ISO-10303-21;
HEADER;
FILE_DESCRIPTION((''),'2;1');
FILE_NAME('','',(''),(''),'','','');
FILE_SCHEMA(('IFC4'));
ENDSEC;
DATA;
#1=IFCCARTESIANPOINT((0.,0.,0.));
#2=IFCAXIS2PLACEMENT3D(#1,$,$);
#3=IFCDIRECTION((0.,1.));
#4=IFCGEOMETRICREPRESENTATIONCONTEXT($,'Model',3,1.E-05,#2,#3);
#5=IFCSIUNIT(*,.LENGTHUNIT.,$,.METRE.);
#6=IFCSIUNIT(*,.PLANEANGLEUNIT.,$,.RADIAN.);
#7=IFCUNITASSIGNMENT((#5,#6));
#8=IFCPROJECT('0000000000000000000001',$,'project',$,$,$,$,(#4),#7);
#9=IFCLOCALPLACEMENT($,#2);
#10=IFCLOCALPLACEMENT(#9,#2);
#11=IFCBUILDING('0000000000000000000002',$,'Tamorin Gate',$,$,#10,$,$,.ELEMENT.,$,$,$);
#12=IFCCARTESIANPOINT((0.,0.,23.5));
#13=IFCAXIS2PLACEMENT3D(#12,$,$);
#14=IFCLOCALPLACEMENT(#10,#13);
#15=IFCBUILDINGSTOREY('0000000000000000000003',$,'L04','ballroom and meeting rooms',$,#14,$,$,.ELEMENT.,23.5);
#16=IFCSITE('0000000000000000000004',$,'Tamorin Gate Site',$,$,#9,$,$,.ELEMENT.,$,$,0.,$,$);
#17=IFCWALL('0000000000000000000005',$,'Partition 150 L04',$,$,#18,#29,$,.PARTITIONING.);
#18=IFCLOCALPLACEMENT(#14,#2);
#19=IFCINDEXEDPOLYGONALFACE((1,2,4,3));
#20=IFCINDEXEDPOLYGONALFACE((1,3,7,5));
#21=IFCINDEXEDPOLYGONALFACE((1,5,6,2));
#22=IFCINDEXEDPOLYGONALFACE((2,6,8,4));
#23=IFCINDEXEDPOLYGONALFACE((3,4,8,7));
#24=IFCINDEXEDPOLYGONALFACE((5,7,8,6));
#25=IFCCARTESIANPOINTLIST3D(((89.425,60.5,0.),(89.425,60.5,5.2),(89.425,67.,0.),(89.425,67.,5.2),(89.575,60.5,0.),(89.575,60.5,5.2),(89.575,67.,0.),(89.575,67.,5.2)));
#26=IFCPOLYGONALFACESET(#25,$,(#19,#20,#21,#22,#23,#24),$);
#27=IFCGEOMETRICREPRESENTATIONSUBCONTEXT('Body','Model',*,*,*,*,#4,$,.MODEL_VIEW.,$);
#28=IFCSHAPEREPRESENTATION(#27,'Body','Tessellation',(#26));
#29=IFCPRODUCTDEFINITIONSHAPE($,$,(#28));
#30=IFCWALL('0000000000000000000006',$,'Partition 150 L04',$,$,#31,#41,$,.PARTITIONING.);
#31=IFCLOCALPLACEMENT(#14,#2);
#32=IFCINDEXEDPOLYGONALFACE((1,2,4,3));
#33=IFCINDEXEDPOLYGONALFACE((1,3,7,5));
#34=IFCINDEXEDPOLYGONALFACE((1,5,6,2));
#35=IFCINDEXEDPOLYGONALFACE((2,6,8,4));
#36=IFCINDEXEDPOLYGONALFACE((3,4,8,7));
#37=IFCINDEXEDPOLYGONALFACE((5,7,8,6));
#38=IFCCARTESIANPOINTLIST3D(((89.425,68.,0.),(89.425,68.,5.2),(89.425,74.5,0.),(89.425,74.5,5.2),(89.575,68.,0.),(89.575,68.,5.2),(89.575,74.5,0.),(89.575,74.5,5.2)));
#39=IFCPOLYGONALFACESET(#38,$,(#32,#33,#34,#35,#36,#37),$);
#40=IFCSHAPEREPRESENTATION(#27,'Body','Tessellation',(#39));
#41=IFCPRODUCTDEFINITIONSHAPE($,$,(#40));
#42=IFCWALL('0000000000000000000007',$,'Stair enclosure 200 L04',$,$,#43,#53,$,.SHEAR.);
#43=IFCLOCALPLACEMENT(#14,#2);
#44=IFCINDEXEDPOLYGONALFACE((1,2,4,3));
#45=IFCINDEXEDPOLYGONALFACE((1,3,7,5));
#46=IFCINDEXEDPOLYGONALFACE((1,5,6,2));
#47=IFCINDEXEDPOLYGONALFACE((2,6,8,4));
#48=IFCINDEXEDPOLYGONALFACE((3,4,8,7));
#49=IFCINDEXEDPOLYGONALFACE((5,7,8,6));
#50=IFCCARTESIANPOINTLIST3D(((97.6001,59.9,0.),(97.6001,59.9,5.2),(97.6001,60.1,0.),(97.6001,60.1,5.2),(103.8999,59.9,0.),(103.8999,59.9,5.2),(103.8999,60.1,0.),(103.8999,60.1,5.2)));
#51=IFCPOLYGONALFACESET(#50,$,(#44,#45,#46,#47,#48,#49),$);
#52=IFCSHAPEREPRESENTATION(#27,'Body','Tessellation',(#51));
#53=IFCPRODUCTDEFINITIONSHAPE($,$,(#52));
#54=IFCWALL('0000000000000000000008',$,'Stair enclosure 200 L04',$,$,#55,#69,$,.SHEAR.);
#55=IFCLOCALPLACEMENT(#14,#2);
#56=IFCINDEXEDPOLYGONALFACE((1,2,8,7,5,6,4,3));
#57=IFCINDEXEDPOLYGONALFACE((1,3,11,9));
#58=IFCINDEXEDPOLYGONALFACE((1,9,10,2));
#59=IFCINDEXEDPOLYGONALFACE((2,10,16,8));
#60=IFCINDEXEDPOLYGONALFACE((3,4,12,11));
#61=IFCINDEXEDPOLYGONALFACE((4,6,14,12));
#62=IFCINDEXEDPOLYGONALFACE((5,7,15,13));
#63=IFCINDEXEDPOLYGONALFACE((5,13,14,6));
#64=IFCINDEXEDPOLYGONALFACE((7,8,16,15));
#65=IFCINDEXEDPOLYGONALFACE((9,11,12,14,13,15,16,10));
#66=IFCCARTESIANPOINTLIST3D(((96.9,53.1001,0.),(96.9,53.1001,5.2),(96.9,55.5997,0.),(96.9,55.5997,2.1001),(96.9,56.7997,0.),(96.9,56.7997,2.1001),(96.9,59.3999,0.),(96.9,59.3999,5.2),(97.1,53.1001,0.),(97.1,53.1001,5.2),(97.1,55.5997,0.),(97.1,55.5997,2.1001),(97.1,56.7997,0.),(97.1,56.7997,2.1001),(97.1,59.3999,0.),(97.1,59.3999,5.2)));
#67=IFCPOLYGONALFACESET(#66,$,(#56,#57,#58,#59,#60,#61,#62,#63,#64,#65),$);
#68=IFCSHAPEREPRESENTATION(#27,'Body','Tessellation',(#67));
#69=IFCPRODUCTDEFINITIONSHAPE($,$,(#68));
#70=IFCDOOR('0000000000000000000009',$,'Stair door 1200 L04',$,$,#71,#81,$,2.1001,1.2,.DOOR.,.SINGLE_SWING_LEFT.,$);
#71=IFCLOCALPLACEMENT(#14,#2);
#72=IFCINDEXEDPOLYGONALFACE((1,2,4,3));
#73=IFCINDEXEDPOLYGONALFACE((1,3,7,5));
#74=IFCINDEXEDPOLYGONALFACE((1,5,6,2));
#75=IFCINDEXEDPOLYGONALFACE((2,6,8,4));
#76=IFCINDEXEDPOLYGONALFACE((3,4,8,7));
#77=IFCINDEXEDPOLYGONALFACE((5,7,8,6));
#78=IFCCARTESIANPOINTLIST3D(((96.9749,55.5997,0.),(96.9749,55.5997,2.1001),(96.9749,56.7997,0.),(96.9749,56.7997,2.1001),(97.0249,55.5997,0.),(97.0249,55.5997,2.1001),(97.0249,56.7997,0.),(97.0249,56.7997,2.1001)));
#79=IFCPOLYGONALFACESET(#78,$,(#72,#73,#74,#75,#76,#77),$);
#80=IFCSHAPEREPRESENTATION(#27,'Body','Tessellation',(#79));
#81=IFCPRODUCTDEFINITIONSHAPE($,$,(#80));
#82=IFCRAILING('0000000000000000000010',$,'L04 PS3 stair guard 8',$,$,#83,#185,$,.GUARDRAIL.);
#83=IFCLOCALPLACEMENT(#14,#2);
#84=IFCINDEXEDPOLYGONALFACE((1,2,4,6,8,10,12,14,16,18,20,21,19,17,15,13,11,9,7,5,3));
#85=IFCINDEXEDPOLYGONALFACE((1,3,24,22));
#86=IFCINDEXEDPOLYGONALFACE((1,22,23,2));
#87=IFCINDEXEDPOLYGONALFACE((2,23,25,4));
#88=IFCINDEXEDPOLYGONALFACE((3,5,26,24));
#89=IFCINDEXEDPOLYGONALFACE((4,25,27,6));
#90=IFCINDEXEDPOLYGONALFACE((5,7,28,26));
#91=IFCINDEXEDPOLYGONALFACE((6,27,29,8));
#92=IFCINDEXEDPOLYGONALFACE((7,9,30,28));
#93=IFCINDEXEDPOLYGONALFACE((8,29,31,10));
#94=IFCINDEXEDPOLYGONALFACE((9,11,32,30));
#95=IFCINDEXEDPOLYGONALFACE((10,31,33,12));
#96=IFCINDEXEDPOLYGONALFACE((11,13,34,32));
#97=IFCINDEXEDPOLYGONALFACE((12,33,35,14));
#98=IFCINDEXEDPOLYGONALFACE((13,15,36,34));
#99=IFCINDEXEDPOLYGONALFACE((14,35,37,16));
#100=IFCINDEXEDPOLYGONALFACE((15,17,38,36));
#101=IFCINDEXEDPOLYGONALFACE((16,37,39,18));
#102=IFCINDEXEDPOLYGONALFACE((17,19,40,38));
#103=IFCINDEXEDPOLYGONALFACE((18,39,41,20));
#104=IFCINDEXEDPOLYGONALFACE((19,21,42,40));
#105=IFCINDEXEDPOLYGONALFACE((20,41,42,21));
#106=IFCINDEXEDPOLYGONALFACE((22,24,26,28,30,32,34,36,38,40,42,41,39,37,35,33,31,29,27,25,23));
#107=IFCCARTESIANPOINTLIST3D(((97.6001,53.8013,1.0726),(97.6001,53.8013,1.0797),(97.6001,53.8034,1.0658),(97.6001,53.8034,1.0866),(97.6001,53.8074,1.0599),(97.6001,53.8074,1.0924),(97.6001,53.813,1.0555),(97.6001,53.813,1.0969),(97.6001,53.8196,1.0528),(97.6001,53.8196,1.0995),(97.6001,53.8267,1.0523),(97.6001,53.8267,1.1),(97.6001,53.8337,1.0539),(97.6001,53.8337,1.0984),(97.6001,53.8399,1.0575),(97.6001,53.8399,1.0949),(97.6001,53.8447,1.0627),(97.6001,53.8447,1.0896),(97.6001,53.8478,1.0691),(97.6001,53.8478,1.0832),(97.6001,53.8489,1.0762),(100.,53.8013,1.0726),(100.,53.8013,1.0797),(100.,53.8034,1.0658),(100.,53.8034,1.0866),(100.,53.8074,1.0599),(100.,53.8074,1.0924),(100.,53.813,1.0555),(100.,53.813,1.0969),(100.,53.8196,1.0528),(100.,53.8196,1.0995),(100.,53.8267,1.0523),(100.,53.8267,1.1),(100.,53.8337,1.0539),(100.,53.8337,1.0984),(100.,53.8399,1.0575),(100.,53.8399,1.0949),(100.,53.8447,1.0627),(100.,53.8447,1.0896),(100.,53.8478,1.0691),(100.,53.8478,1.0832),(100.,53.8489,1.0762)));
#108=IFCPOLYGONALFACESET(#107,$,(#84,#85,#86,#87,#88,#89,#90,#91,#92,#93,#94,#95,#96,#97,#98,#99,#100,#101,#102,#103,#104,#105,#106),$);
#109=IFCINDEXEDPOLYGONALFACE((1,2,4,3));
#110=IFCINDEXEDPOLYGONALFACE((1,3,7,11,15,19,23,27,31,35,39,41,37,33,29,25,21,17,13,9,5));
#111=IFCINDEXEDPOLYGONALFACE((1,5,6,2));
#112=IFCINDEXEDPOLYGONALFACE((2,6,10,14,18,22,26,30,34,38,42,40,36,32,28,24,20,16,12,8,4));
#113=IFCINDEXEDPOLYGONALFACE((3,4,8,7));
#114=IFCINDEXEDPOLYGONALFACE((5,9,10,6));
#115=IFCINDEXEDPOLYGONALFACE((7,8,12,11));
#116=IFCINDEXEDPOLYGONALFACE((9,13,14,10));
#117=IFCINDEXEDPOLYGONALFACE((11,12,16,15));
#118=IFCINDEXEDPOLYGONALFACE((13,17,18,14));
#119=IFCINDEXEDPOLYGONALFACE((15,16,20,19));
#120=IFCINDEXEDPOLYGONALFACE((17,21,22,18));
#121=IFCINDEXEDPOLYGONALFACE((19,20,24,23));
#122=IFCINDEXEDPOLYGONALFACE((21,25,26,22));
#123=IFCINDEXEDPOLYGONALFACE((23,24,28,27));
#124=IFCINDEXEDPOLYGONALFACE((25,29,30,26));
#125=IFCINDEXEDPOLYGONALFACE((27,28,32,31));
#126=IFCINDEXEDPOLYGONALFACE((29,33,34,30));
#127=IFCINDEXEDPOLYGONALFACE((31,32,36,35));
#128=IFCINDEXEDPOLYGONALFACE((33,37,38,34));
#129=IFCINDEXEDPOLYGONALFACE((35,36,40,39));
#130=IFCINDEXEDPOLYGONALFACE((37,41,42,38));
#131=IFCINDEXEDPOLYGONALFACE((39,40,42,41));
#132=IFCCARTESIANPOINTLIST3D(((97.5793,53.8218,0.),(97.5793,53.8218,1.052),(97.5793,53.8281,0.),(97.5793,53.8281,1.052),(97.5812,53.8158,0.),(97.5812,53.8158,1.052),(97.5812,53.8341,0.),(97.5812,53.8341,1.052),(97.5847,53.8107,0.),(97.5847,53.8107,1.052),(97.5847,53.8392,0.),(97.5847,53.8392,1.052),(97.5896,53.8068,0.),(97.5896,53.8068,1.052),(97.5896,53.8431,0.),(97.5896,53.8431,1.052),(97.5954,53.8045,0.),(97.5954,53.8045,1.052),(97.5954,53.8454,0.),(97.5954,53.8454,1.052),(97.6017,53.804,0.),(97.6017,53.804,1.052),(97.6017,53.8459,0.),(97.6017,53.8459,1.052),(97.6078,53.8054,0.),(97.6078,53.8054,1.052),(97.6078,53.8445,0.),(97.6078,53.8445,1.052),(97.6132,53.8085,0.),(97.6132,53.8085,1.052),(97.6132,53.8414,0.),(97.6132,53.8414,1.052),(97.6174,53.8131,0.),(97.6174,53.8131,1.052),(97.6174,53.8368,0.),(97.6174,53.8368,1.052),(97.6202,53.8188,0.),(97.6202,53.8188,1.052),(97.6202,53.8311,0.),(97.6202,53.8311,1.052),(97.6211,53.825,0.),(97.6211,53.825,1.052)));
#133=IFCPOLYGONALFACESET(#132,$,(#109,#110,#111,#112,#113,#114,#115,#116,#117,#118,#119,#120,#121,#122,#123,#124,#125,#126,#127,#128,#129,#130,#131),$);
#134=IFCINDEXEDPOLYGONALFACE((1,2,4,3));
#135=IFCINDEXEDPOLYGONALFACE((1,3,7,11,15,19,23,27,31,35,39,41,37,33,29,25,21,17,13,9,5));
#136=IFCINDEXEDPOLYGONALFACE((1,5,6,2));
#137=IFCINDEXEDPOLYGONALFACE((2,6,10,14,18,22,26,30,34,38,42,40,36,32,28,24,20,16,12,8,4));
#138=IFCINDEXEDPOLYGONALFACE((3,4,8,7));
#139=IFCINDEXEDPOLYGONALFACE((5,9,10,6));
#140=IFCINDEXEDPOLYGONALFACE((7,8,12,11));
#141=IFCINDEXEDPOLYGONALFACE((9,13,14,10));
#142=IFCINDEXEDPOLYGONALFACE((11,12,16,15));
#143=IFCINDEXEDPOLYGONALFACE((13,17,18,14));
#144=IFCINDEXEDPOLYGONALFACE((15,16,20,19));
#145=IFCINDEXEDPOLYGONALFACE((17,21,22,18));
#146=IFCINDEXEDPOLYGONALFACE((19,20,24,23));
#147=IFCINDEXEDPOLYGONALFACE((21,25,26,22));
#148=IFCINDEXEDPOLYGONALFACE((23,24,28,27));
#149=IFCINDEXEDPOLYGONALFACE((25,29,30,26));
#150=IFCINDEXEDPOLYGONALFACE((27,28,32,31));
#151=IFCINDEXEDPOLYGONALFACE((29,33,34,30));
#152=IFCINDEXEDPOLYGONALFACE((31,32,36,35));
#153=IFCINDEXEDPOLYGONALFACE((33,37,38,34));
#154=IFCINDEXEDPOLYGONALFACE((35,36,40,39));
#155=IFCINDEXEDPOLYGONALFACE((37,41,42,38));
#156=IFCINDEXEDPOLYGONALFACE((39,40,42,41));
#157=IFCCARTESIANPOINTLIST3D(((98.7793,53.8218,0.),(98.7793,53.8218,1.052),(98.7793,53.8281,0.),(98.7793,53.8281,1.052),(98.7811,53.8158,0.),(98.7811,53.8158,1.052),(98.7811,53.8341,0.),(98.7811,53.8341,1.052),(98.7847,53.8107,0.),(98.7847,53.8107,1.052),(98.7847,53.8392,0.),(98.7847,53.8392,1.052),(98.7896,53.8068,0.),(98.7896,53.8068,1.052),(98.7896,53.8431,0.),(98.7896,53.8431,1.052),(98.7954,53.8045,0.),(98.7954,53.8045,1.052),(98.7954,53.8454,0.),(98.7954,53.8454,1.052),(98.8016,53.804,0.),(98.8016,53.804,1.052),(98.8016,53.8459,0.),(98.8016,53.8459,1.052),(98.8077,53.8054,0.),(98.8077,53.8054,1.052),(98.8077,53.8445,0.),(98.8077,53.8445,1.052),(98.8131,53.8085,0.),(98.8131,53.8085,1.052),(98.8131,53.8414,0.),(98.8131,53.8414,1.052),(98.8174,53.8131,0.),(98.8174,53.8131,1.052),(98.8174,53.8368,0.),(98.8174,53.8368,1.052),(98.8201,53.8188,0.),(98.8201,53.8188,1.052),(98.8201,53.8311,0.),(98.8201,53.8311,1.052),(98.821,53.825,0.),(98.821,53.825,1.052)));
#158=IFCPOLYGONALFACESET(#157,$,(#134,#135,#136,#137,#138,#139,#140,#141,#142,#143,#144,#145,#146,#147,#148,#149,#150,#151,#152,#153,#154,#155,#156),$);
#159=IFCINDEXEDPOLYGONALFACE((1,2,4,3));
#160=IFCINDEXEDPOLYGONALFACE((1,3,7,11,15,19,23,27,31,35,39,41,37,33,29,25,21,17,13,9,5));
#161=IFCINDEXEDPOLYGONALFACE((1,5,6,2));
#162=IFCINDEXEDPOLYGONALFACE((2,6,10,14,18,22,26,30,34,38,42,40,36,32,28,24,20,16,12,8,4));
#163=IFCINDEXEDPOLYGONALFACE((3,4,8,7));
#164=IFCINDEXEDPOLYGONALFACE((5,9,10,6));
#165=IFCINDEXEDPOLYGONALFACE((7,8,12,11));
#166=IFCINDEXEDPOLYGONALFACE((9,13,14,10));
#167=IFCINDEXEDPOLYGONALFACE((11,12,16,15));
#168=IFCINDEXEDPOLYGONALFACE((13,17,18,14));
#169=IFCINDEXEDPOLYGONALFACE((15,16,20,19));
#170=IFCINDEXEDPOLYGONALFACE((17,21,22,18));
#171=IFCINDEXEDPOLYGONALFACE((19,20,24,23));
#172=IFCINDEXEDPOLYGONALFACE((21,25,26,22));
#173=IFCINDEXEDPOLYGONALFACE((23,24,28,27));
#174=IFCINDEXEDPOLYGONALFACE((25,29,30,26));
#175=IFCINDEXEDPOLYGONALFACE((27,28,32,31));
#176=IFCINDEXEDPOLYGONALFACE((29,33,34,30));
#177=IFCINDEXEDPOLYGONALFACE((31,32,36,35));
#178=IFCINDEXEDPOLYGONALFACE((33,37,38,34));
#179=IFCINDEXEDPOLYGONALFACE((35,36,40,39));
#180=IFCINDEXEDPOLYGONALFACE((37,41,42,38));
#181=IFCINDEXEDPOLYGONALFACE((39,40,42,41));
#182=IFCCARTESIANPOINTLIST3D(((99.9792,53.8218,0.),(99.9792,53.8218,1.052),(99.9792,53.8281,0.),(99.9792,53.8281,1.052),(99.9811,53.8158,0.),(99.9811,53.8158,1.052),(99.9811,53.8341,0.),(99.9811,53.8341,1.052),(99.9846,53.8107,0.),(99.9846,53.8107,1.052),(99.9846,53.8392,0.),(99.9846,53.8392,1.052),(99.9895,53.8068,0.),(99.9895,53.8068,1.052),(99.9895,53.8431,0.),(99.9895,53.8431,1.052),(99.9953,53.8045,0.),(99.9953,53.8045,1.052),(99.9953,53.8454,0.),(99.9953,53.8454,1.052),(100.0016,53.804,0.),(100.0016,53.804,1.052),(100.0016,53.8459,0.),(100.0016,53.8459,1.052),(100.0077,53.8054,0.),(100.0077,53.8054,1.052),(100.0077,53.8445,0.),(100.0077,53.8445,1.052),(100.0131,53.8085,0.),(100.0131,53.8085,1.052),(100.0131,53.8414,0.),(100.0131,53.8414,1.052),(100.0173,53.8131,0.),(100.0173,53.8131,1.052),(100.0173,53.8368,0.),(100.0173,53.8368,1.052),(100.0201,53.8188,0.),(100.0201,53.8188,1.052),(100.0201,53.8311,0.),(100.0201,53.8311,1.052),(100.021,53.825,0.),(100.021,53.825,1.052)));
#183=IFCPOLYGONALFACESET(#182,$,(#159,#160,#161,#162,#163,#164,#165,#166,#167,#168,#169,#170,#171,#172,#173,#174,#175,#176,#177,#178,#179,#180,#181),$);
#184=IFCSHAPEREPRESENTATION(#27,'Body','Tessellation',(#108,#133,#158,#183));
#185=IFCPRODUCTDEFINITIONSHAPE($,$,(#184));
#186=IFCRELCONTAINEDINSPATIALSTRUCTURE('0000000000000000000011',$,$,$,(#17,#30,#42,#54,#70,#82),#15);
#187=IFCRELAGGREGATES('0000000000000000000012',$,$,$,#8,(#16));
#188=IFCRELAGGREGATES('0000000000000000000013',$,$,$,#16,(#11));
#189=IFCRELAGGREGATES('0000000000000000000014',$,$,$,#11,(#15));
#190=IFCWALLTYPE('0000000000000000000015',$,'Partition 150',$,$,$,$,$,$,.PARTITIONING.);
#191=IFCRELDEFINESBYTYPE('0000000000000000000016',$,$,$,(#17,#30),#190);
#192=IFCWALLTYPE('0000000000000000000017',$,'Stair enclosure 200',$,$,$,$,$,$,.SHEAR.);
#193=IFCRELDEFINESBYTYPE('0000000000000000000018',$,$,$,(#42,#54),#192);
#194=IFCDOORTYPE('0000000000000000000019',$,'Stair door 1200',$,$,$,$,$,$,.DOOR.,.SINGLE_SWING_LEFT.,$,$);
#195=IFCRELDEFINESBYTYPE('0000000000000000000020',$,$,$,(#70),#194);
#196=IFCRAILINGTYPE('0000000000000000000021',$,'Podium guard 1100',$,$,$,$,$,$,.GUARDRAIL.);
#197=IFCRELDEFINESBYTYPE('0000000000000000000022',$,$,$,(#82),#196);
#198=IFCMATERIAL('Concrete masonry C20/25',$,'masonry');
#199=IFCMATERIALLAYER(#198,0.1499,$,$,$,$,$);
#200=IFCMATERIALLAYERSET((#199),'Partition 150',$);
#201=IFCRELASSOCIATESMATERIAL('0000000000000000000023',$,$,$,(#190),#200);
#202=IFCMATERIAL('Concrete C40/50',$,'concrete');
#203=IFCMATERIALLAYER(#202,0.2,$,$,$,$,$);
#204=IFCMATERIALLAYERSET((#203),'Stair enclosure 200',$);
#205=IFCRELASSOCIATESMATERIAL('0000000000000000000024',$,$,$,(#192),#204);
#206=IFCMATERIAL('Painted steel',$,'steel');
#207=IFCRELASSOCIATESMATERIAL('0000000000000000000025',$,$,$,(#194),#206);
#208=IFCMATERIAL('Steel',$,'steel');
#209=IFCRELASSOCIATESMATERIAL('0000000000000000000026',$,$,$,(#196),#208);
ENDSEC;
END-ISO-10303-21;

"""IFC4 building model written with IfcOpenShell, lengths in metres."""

from ifc_helpers import new_model, si_unit, direction, frame, frame_2d, origin, origin_2d, place, context, subcontext, project, spatial, rectangle, circle, extrude, material, layer, layer_set, type_object, element, fill, save


model = new_model("IFC4")

# Units and contexts
model_context = context("Model", 3, precision=1e-05, world=origin(), true_north=direction((0.0, 1.0)))
body_context = subcontext(model_context, "Body", "Model", "MODEL_VIEW")
ifc_project = project(units=[si_unit("LENGTHUNIT", "METRE"), si_unit("PLANEANGLEUNIT", "RADIAN")], contexts=[model_context])

# Site, building, storey
site_placement = place(None, origin())
site = spatial("IfcSite", under=ifc_project, at=site_placement, Name="Tamorin Gate Site", CompositionType="ELEMENT", RefElevation=0.0)
building_placement = place(site_placement, origin())
building = spatial("IfcBuilding", under=site, at=building_placement, Name="Tamorin Gate", CompositionType="ELEMENT")
storey_placement = place(building_placement, frame((0.0, 0.0, 23.5)))
storey = spatial("IfcBuildingStorey", under=building, at=storey_placement, Name="L04", Description="ballroom and meeting rooms", CompositionType="ELEMENT", Elevation=23.5)

# Shared definitions
ifc_material_1 = material(Name="Concrete masonry C20/25", Category="masonry")
ifc_layer_1 = layer(ifc_material_1, 0.1499)
ifc_layer_set_1 = layer_set([ifc_layer_1], Name="Partition 150")
wall_type_1 = type_object("IfcWallType", Name="Partition 150", PredefinedType="PARTITIONING", material=ifc_layer_set_1)

# Walls
for number, where, z_axis, x_axis, name in (
    (1, (89.5, 60.5, 0.0), (0.0, 0.0, 1.0), (0.0, 1.0, 0.0), "Partition 150 L04"),
    (2, (89.5, 68.0, 0.0), (0.0, 0.0, 1.0), (0.0, 1.0, 0.0), "Partition 150 L04"),
):
    element("IfcWall", number, at=place(storey_placement, frame(where, z_axis=z_axis, x_axis=x_axis)), inside=storey, type_object=wall_type_1, Name=name, PredefinedType="PARTITIONING", context=body_context, shape_type="SweptSolid", body=[
        extrude(rectangle(XDim=6.5, YDim=0.1499, at=frame_2d((3.25, 0.0))), origin(), (0.0, 0.0, 1.0), 5.2),
    ])
ifc_material_2 = material(Name="Concrete C40/50", Category="concrete")
ifc_layer_2 = layer(ifc_material_2, 0.2)
ifc_layer_set_2 = layer_set([ifc_layer_2], Name="Stair enclosure 200")
wall_type_2 = type_object("IfcWallType", Name="Stair enclosure 200", PredefinedType="SHEAR", material=ifc_layer_set_2)
wall_1_placement = place(storey_placement, frame((97.6001, 60.0, 0.0), z_axis=(0.0, 0.0, 1.0), x_axis=(1.0, 0.0, 0.0)))
element("IfcWall", 3, at=wall_1_placement, inside=storey, type_object=wall_type_2, Name="Stair enclosure 200 L04", PredefinedType="SHEAR", context=body_context, shape_type="SweptSolid", body=[
    extrude(rectangle(XDim=6.2998, YDim=0.2, at=frame_2d((3.1499, 0.0))), origin(), (0.0, 0.0, 1.0), 5.2),
])

# Wall, opening, door
wall_2_placement = place(storey_placement, frame((97.0, 59.3999, 0.0), z_axis=(0.0, 0.0, 1.0), x_axis=(0.0, -1.0, 0.0)))
wall_2 = element("IfcWall", 4, at=wall_2_placement, inside=storey, type_object=wall_type_2, Name="Stair enclosure 200 L04", PredefinedType="SHEAR", context=body_context, shape_type="SweptSolid", body=[
    extrude(rectangle(XDim=6.2998, YDim=0.2, at=frame_2d((3.1499, 0.0))), origin(), (0.0, 0.0, 1.0), 5.2),
])
opening_1_placement = place(wall_2_placement, frame((2.6001, 0.0, 0.0)))
opening_1 = element("IfcOpeningElement", 5, at=opening_1_placement, cuts=wall_2, PredefinedType="OPENING", context=body_context, shape_type="SweptSolid", body=[
    extrude(rectangle(XDim=1.2, YDim=2.1001, at=frame_2d((0.6001, 1.05))), frame((0.0, 0.1099, 0.0), z_axis=(0.0, -1.0, 0.0), x_axis=(1.0, 0.0, 0.0)), (0.0, 0.0, 1.0), 0.22),
])
ifc_material_3 = material(Name="Painted steel", Category="steel")
door_type_1 = type_object("IfcDoorType", Name="Stair door 1200", OperationType="SINGLE_SWING_LEFT", PredefinedType="DOOR", material=ifc_material_3)
door_1_placement = place(opening_1_placement, origin())
door_1 = element("IfcDoor", 6, at=door_1_placement, inside=storey, type_object=door_type_1, Name="Stair door 1200 L04", OperationType="SINGLE_SWING_LEFT", OverallHeight=2.1001, OverallWidth=1.2, PredefinedType="DOOR", context=body_context, shape_type="SweptSolid", body=[
    extrude(rectangle(XDim=1.2, YDim=2.1001, at=frame_2d((0.6001, 1.05))), frame((0.0, 0.0249, 0.0), z_axis=(0.0, -1.0, 0.0), x_axis=(1.0, 0.0, 0.0)), (0.0, 0.0, 1.0), 0.05),
])
fill(opening_1, door_1)

# Railing
ifc_material_4 = material(Name="Steel", Category="steel")
railing_type = type_object("IfcRailingType", Name="Podium guard 1100", PredefinedType="GUARDRAIL", material=ifc_material_4)
for number, where, name in (
    (7, (97.6001, 53.825, 0.0), "L04 PS3 stair guard 8"),
):
    element("IfcRailing", number, at=place(storey_placement, frame(where)), inside=storey, type_object=railing_type, Name=name, PredefinedType="GUARDRAIL", context=body_context, shape_type="SweptSolid", body=[
        extrude(circle(Radius=0.0239, at=origin_2d()), frame((0.0, 0.0, 1.0762), z_axis=(1.0, 0.0, 0.0), x_axis=(0.0, 1.0, 0.0)), (0.0, 0.0, 1.0), 2.3999),
        extrude(circle(Radius=0.021, at=origin_2d()), origin(), (0.0, 0.0, 1.0), 1.052),
        extrude(circle(Radius=0.021, at=origin_2d()), frame((1.2, 0.0, 0.0)), (0.0, 0.0, 1.0), 1.052),
        extrude(circle(Radius=0.021, at=origin_2d()), frame((2.3999, 0.0, 0.0)), (0.0, 0.0, 1.0), 1.052),
    ])

save(model, "model.ifc")
